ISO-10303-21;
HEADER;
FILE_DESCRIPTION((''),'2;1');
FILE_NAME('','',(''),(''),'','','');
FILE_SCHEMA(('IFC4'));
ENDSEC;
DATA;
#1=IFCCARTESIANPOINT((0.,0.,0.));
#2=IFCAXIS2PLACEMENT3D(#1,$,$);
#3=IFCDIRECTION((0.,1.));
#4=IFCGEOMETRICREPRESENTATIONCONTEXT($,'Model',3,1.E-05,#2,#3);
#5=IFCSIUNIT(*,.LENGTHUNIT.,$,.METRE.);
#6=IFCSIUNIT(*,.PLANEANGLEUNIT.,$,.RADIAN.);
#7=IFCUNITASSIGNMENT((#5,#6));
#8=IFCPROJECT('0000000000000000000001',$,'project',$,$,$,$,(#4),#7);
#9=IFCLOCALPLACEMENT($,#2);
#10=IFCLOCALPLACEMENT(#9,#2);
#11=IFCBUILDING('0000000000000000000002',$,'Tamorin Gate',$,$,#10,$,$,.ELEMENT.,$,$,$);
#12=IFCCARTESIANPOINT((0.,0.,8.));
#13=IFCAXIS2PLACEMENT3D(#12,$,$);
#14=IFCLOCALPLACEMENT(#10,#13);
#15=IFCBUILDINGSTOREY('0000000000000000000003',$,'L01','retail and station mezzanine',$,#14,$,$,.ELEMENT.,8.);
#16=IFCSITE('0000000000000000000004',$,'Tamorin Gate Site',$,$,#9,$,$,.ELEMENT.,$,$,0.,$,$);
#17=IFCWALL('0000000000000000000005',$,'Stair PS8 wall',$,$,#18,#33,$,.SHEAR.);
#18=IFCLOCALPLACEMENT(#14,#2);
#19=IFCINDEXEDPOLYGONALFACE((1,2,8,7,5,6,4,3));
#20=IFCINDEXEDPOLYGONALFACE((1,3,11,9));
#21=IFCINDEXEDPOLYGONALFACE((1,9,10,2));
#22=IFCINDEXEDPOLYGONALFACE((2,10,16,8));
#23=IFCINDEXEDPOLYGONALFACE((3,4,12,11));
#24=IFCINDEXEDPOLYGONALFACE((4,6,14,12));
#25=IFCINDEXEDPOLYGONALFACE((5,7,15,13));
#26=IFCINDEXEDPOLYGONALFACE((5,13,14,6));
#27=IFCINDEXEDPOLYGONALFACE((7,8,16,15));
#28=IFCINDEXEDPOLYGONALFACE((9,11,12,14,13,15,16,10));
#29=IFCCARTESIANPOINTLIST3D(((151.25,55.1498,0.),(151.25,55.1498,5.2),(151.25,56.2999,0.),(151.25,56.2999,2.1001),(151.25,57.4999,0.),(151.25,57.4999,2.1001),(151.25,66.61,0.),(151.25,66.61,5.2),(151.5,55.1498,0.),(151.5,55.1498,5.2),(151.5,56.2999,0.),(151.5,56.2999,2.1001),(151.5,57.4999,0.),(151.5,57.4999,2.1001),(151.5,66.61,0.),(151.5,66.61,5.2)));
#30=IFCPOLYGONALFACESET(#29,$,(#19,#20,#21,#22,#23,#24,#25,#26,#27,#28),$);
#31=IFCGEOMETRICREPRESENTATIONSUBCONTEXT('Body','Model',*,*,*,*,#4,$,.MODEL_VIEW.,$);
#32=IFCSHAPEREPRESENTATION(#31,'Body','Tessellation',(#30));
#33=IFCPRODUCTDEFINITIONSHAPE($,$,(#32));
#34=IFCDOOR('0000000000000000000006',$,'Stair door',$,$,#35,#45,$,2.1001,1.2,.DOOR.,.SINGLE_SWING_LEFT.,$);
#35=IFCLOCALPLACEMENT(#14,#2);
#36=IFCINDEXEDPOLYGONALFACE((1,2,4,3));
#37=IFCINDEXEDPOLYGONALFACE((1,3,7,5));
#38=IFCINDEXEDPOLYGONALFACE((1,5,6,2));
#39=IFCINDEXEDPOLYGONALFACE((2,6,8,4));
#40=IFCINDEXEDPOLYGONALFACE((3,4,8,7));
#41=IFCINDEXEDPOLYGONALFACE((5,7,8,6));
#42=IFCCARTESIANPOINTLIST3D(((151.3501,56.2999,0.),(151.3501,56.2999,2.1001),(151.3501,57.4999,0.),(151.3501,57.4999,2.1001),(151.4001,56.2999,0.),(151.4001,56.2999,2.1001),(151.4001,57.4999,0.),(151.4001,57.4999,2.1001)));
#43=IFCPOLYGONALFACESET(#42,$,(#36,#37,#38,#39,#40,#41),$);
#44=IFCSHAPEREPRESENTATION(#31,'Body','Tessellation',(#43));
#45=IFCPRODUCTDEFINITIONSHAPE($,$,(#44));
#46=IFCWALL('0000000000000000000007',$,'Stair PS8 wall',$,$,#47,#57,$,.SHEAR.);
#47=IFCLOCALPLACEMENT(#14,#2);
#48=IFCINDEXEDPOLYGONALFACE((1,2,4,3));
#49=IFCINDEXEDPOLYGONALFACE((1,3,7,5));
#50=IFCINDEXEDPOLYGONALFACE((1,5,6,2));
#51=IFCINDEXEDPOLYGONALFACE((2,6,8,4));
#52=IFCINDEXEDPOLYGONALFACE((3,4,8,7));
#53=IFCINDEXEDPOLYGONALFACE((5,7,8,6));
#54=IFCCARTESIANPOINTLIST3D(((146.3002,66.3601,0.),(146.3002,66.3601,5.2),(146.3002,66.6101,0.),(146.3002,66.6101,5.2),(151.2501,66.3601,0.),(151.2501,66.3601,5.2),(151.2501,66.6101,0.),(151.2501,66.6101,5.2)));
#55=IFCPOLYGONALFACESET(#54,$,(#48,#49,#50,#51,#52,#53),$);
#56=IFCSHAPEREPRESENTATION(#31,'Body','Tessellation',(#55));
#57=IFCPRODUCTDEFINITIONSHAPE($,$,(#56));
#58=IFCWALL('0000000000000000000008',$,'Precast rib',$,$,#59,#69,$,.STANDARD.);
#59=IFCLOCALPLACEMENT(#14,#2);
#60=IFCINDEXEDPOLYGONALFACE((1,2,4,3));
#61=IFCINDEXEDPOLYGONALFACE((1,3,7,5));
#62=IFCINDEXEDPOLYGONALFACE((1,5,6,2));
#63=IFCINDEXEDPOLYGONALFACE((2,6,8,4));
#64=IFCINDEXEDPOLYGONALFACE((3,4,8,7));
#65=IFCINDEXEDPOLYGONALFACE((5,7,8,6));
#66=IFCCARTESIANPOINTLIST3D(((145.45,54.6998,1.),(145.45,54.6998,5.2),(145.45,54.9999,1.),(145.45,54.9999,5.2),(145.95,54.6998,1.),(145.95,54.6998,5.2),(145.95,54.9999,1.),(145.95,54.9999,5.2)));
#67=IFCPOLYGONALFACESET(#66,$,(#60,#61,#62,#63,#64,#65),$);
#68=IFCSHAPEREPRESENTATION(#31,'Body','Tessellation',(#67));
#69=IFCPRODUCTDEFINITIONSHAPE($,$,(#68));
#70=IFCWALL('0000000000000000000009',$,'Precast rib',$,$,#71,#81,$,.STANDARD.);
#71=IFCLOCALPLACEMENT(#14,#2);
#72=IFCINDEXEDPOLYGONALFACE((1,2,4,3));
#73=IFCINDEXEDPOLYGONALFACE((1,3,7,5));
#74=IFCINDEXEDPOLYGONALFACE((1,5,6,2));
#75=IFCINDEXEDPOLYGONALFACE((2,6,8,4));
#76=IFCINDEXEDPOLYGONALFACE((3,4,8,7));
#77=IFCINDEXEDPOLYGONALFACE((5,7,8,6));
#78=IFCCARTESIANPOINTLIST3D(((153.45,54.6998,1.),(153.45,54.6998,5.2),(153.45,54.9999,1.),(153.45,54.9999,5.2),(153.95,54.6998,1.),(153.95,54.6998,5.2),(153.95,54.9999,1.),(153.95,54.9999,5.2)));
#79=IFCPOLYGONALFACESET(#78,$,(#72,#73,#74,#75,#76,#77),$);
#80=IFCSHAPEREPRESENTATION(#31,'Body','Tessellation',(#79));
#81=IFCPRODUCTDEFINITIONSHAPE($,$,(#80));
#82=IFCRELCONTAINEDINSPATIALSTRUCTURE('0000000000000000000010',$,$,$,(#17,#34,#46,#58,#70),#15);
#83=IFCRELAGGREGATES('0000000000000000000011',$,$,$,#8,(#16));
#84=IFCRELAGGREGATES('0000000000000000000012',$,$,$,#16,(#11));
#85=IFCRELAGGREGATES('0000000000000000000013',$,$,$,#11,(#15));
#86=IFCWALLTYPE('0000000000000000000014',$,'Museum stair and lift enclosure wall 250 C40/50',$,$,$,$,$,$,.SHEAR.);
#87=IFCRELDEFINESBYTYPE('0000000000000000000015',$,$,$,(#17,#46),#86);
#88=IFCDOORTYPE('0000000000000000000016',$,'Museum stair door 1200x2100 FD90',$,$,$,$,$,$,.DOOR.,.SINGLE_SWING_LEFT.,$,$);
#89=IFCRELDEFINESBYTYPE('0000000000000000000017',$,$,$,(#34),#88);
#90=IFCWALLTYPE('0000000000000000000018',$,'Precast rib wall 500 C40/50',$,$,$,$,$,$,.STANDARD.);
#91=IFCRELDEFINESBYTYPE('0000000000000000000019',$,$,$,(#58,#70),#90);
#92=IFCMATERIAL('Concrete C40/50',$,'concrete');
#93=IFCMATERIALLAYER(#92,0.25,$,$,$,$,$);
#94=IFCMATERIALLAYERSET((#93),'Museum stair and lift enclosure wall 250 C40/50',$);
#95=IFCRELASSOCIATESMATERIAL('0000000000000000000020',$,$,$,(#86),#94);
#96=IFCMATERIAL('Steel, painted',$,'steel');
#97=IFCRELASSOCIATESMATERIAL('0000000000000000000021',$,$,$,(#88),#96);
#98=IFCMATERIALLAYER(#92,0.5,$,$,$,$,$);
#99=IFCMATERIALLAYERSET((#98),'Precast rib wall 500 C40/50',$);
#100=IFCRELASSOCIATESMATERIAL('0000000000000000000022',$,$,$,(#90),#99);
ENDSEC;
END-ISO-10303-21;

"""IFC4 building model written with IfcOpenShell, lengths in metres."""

from ifc_helpers import new_model, si_unit, direction, frame, frame_2d, origin, place, context, subcontext, project, spatial, rectangle, extrude, material, layer, layer_set, type_object, element, fill, save


model = new_model("IFC4")

# Units and contexts
model_context = context("Model", 3, precision=1e-05, world=origin(), true_north=direction((0.0, 1.0)))
body_context = subcontext(model_context, "Body", "Model", "MODEL_VIEW")
ifc_project = project(units=[si_unit("LENGTHUNIT", "METRE"), si_unit("PLANEANGLEUNIT", "RADIAN")], contexts=[model_context])

# Site, building, storey
site_placement = place(None, origin())
site = spatial("IfcSite", under=ifc_project, at=site_placement, Name="Tamorin Gate Site", CompositionType="ELEMENT", RefElevation=0.0)
building_placement = place(site_placement, origin())
building = spatial("IfcBuilding", under=site, at=building_placement, Name="Tamorin Gate", CompositionType="ELEMENT")
storey_placement = place(building_placement, frame((0.0, 0.0, 8.0)))
storey = spatial("IfcBuildingStorey", under=building, at=storey_placement, Name="L01", Description="retail and station mezzanine", CompositionType="ELEMENT", Elevation=8.0)

# Shared definitions
ifc_material_1 = material(Name="Steel, painted", Category="steel")

# Shared definitions
ifc_material_2 = material(Name="Concrete C40/50", Category="concrete")
ifc_layer_1 = layer(ifc_material_2, 0.25)
ifc_layer_set_1 = layer_set([ifc_layer_1], Name="Museum stair and lift enclosure wall 250 C40/50")
wall_type_1 = type_object("IfcWallType", Name="Museum stair and lift enclosure wall 250 C40/50", PredefinedType="SHEAR", material=ifc_layer_set_1)

# Wall, opening, door
wall_1_placement = place(storey_placement, frame((151.375, 55.1499, 0.0), z_axis=(0.0, 0.0, 1.0), x_axis=(0.0, 1.0, 0.0)))
wall_1 = element("IfcWall", 1, at=wall_1_placement, inside=storey, type_object=wall_type_1, Name="Stair PS8 wall", PredefinedType="SHEAR", context=body_context, shape_type="SweptSolid", body=[
    extrude(rectangle(XDim=11.4602, YDim=0.25, at=frame_2d((5.73, 0.0))), origin(), (0.0, 0.0, 1.0), 5.2),
])
opening_1_placement = place(wall_1_placement, frame((1.1499, 0.0, 0.0)))
opening_1 = element("IfcOpeningElement", 2, at=opening_1_placement, cuts=wall_1, PredefinedType="OPENING", context=body_context, shape_type="SweptSolid", body=[
    extrude(rectangle(XDim=1.2, YDim=2.1001, at=frame_2d((0.6001, 1.05))), frame((0.0, 0.135, 0.0), z_axis=(0.0, -1.0, 0.0), x_axis=(1.0, 0.0, 0.0)), (0.0, 0.0, 1.0), 0.27),
])
door_type_1 = type_object("IfcDoorType", Name="Museum stair door 1200x2100 FD90", OperationType="SINGLE_SWING_LEFT", PredefinedType="DOOR", material=ifc_material_1)
door_1_placement = place(opening_1_placement, origin())
door_1 = element("IfcDoor", 3, at=door_1_placement, inside=storey, type_object=door_type_1, Name="Stair door", OperationType="SINGLE_SWING_LEFT", OverallHeight=2.1001, OverallWidth=1.2, PredefinedType="DOOR", context=body_context, shape_type="SweptSolid", body=[
    extrude(rectangle(XDim=1.2, YDim=2.1001, at=frame_2d((0.6001, 1.05))), frame((0.0, 0.0249, 0.0), z_axis=(0.0, -1.0, 0.0), x_axis=(1.0, 0.0, 0.0)), (0.0, 0.0, 1.0), 0.05),
])
fill(opening_1, door_1)

# Walls
wall_2_placement = place(storey_placement, frame((146.3, 66.4851, 0.0), z_axis=(0.0, 0.0, 1.0), x_axis=(1.0, 0.0, 0.0)))
element("IfcWall", 4, at=wall_2_placement, inside=storey, type_object=wall_type_1, Name="Stair PS8 wall", PredefinedType="SHEAR", context=body_context, shape_type="SweptSolid", body=[
    extrude(rectangle(XDim=4.95, YDim=0.25, at=frame_2d((2.4751, 0.0))), origin(), (0.0, 0.0, 1.0), 5.2),
])
ifc_layer_2 = layer(ifc_material_2, 0.5)
ifc_layer_set_2 = layer_set([ifc_layer_2], Name="Precast rib wall 500 C40/50")
wall_type_2 = type_object("IfcWallType", Name="Precast rib wall 500 C40/50", PredefinedType="STANDARD", material=ifc_layer_set_2)
for number, where, z_axis, x_axis, name in (
    (5, (145.7, 54.7, 1.0), (0.0, 0.0, 1.0), (0.0, 1.0, 0.0), "Precast rib"),
    (6, (153.7, 54.7, 1.0), (0.0, 0.0, 1.0), (0.0, 1.0, 0.0), "Precast rib"),
):
    element("IfcWall", number, at=place(storey_placement, frame(where, z_axis=z_axis, x_axis=x_axis)), inside=storey, type_object=wall_type_2, Name=name, PredefinedType="STANDARD", context=body_context, shape_type="SweptSolid", body=[
        extrude(rectangle(XDim=0.3, YDim=0.5, at=frame_2d((0.1499, 0.0))), origin(), (0.0, 0.0, 1.0), 4.2),
    ])

save(model, "model.ifc")
